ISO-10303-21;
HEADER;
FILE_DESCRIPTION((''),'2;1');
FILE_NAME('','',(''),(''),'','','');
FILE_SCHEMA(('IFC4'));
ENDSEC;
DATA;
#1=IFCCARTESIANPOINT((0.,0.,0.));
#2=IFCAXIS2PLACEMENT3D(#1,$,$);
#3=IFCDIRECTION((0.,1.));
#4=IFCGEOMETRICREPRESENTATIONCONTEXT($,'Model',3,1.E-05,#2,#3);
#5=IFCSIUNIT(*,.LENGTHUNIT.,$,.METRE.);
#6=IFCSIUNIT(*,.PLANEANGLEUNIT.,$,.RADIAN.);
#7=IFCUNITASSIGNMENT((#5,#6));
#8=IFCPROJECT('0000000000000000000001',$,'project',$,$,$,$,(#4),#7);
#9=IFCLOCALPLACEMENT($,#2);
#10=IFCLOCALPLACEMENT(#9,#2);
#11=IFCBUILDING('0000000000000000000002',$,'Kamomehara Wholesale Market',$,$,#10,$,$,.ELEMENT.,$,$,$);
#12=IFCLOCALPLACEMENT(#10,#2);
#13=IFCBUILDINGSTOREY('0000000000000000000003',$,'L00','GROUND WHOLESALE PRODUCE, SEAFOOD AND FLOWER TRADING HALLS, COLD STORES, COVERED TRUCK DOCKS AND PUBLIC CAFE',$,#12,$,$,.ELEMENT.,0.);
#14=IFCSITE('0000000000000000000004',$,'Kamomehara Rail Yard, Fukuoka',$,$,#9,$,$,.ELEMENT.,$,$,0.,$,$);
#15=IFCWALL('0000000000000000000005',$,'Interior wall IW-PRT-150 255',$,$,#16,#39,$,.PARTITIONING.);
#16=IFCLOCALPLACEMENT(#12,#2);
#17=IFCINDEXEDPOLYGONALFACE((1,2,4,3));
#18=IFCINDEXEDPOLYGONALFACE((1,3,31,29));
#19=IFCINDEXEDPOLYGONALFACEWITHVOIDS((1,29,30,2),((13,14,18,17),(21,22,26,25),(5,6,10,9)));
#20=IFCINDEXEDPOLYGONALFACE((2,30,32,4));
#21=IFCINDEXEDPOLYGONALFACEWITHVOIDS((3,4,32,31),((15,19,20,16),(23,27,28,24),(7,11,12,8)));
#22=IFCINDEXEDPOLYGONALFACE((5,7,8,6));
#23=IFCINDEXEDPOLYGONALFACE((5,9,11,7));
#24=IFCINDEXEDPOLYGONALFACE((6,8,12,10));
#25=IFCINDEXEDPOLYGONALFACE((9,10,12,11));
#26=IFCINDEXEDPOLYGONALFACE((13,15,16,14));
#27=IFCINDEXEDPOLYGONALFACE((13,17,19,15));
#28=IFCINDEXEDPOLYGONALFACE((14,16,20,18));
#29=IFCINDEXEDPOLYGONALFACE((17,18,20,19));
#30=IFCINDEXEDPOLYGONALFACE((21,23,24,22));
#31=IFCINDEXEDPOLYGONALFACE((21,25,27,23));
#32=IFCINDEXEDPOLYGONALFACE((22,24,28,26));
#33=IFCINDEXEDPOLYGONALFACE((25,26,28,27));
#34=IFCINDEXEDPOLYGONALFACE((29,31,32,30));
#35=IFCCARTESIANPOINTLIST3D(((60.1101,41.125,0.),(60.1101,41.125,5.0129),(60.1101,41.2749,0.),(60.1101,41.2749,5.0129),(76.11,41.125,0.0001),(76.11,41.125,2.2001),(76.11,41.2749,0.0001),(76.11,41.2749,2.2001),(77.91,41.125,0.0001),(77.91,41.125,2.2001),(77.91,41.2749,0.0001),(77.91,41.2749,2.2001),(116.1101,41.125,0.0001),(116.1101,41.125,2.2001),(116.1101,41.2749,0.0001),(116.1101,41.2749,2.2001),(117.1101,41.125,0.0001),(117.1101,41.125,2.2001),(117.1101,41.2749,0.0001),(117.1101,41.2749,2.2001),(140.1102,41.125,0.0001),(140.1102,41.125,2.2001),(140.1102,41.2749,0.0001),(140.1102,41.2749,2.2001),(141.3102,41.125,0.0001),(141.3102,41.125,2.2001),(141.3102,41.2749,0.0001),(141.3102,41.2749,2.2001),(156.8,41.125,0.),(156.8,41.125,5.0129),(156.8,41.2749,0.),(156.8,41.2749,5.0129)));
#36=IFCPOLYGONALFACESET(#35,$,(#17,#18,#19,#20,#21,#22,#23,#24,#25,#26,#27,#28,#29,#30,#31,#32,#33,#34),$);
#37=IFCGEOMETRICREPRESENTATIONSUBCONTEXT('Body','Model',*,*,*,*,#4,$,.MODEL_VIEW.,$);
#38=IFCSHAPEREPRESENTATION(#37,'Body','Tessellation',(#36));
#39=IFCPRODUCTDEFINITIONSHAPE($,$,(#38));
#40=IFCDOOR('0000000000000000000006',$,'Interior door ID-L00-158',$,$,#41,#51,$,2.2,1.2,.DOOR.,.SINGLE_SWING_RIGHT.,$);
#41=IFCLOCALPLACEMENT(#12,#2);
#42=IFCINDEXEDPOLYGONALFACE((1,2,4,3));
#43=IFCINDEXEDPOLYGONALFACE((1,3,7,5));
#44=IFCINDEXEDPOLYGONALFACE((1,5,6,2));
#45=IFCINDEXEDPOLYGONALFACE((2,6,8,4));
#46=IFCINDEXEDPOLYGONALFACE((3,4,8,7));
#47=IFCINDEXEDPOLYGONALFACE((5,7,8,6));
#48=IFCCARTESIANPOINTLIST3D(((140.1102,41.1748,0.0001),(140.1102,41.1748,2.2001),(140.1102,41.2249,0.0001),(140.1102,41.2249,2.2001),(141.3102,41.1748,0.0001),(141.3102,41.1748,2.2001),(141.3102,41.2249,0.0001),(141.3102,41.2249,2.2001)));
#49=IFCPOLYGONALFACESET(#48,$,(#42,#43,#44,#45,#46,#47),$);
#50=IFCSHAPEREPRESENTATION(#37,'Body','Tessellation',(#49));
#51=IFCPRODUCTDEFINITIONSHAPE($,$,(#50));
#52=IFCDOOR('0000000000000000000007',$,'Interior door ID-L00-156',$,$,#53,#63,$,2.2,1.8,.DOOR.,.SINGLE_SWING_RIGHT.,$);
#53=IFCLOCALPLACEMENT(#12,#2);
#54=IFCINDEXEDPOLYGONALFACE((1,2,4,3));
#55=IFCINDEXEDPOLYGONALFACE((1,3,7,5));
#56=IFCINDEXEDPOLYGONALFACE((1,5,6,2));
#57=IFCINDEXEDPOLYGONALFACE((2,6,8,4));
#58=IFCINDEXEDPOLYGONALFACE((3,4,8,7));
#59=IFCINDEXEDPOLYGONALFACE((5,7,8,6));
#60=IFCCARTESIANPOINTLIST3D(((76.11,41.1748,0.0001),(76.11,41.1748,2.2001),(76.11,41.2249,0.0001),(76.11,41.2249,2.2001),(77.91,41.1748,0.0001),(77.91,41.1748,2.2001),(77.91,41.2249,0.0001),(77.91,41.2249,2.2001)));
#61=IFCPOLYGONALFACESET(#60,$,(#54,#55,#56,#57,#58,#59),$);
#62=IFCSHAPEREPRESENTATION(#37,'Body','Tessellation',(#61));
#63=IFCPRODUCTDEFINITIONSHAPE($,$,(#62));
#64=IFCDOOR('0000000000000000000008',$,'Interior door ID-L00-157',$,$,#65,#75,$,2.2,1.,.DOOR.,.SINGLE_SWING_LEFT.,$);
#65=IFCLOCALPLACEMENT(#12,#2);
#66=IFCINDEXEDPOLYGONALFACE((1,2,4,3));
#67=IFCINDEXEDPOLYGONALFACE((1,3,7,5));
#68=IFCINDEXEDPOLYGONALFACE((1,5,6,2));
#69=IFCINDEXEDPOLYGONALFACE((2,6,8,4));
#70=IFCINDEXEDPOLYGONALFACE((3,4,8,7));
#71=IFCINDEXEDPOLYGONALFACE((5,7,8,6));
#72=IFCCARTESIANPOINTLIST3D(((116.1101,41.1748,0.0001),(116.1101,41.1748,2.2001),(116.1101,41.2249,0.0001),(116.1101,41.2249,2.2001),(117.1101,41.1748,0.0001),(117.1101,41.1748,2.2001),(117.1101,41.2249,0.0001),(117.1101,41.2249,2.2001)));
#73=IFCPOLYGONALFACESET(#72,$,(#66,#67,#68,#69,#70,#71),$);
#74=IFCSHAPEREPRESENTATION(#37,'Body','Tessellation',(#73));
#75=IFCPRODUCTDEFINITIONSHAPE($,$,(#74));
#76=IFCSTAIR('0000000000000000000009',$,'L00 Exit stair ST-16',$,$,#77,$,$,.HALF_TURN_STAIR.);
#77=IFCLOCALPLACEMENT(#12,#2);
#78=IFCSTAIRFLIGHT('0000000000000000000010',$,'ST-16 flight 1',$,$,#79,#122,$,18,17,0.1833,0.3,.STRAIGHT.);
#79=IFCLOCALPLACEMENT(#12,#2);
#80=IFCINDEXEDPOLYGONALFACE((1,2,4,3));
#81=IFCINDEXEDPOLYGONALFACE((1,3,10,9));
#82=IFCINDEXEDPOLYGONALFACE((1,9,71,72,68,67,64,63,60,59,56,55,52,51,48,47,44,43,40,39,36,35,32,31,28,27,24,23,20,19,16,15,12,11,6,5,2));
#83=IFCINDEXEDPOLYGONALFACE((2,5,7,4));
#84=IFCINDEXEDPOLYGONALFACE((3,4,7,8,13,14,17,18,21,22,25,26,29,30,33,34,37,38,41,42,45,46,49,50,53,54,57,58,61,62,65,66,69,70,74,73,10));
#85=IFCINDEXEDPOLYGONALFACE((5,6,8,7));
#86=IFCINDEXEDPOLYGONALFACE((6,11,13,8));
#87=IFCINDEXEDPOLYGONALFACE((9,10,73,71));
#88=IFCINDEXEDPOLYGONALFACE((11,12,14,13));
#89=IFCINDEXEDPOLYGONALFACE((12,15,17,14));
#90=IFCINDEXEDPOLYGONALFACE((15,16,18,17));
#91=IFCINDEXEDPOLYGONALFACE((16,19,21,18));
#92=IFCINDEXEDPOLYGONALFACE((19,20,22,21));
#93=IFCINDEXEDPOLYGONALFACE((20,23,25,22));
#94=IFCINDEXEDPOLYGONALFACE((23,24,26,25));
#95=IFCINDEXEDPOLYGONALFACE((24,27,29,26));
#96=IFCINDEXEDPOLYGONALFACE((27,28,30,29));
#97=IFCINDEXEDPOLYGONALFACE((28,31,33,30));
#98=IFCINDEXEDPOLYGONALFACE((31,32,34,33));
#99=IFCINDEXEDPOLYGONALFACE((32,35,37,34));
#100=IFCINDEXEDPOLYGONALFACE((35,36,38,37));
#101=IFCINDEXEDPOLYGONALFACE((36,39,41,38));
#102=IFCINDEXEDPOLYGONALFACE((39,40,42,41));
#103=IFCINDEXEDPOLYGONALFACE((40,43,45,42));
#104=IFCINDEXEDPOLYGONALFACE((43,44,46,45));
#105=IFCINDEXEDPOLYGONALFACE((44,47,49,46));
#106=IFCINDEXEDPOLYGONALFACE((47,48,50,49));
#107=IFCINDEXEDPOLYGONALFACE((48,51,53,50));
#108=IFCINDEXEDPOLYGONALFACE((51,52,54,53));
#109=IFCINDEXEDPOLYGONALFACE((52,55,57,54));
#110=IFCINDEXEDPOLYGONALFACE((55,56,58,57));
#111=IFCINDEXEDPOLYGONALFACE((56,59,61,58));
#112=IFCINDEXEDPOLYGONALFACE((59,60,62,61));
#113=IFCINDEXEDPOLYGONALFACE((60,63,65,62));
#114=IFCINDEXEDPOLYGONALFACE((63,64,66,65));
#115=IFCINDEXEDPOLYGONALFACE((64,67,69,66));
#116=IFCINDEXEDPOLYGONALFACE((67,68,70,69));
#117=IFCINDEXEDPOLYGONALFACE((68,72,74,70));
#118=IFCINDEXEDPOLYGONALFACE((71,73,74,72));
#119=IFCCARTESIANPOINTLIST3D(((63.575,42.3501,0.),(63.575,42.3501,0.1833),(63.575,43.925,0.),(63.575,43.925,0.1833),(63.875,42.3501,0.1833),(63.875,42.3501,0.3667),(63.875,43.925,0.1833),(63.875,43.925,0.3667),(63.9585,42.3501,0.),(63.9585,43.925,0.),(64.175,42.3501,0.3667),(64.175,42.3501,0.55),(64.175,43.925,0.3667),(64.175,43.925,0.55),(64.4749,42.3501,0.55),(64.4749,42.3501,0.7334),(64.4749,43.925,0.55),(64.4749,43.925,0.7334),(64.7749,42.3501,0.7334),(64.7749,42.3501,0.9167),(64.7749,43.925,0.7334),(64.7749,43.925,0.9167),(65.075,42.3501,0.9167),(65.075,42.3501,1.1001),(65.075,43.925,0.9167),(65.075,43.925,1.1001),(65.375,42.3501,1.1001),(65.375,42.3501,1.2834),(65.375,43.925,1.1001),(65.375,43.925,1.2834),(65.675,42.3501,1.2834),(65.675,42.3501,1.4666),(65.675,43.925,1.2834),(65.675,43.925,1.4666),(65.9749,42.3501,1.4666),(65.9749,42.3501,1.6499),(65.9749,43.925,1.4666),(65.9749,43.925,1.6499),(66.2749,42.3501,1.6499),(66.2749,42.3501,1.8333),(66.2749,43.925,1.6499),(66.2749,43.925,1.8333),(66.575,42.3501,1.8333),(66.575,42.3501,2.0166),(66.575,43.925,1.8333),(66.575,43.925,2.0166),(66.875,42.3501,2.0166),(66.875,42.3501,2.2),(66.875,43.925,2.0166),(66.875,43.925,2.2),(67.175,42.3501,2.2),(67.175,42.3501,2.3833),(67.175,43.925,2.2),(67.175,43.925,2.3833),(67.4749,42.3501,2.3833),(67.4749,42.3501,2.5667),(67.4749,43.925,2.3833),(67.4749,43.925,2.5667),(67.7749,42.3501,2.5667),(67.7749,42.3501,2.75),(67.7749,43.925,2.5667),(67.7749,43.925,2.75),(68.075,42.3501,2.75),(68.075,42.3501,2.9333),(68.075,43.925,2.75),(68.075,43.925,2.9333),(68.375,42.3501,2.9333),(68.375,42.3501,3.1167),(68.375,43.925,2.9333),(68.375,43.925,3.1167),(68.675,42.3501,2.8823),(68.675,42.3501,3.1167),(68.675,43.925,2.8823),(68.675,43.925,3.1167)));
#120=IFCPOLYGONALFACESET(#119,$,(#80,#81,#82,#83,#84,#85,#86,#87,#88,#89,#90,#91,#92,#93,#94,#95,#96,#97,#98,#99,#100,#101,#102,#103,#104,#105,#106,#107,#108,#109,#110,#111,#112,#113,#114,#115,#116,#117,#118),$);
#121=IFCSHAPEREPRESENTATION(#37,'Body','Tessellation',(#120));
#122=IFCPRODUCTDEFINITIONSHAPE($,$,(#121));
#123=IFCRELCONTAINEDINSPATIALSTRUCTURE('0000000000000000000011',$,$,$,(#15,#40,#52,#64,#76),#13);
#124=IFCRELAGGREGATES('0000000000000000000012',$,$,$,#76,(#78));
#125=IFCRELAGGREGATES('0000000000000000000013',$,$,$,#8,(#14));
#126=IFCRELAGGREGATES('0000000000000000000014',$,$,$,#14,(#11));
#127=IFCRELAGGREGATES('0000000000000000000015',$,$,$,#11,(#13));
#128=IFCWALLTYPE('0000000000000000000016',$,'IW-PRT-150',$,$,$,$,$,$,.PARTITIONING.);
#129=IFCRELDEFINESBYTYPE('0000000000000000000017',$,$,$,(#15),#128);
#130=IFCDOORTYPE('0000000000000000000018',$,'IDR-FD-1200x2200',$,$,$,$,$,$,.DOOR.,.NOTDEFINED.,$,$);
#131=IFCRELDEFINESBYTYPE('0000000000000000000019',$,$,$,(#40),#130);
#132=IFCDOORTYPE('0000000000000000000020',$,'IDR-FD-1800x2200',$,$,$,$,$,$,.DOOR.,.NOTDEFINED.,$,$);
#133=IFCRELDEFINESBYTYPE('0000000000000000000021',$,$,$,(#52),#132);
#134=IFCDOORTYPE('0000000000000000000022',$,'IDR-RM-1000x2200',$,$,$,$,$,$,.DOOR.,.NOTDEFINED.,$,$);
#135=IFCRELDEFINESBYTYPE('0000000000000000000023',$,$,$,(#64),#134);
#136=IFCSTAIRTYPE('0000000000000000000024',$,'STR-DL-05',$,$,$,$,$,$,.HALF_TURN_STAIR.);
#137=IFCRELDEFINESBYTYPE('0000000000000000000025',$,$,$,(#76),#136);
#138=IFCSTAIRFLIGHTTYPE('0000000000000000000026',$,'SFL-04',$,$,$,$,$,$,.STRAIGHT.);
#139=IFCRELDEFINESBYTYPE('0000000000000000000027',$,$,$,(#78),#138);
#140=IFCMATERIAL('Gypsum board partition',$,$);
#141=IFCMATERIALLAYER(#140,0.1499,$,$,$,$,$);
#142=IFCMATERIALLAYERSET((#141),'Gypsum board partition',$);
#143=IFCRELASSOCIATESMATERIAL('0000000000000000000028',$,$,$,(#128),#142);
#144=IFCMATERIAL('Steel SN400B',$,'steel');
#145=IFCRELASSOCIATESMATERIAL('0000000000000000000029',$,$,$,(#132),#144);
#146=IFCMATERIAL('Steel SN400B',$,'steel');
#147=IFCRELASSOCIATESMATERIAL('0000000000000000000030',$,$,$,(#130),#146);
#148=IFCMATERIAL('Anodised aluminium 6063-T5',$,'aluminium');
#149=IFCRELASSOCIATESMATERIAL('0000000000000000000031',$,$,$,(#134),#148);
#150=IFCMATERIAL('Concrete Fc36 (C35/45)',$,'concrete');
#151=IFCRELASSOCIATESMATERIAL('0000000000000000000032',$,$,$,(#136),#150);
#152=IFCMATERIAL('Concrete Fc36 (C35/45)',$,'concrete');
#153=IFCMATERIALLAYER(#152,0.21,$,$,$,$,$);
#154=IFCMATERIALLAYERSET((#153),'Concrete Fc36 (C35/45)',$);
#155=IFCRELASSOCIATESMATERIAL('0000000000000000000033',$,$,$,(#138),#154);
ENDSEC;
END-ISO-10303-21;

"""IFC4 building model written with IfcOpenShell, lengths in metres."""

from ifc_helpers import new_model, si_unit, direction, frame, frame_2d, origin, place, context, subcontext, project, spatial, polyline, rectangle, outline, extrude, material, layer, layer_set, type_object, element, fill, aggregate, save


model = new_model("IFC4")

# Units and contexts
model_context = context("Model", 3, precision=1e-05, world=origin(), true_north=direction((0.0, 1.0)))
body_context = subcontext(model_context, "Body", "Model", "MODEL_VIEW")
ifc_project = project(units=[si_unit("LENGTHUNIT", "METRE"), si_unit("PLANEANGLEUNIT", "RADIAN")], contexts=[model_context])

# Site, building, storey
site_placement = place(None, origin())
site = spatial("IfcSite", under=ifc_project, at=site_placement, Name="Kamomehara Rail Yard, Fukuoka", CompositionType="ELEMENT", RefElevation=0.0)
building_placement = place(site_placement, origin())
building = spatial("IfcBuilding", under=site, at=building_placement, Name="Kamomehara Wholesale Market", CompositionType="ELEMENT")
storey_placement = place(building_placement, origin())
storey = spatial("IfcBuildingStorey", under=building, at=storey_placement, Name="L00", Description="GROUND WHOLESALE PRODUCE, SEAFOOD AND FLOWER TRADING HALLS, COLD STORES, COVERED TRUCK DOCKS AND PUBLIC CAFE", CompositionType="ELEMENT", Elevation=0.0)

# Shared definitions
ifc_material_1 = material(Name="Gypsum board partition")
ifc_layer_1 = layer(ifc_material_1, 0.1499)
ifc_layer_set_1 = layer_set([ifc_layer_1], Name="Gypsum board partition")
wall_type = type_object("IfcWallType", Name="IW-PRT-150", PredefinedType="PARTITIONING", material=ifc_layer_set_1)
ifc_material_2 = material(Name="Steel SN400B", Category="steel")
door_type_1 = type_object("IfcDoorType", Name="IDR-FD-1800x2200", OperationType="NOTDEFINED", PredefinedType="DOOR", material=ifc_material_2)

# Wall, openings, doors
wall_1_placement = place(storey_placement, frame((60.1101, 41.2, 0.0), z_axis=(0.0, 0.0, 1.0), x_axis=(1.0, 0.0, 0.0)))
wall_1 = element("IfcWall", 1, at=wall_1_placement, inside=storey, type_object=wall_type, Name="Interior wall IW-PRT-150 255", PredefinedType="PARTITIONING", context=body_context, shape_type="SweptSolid", body=[
    extrude(rectangle(XDim=96.6899, YDim=0.1499, at=frame_2d((48.345, 0.0))), origin(), (0.0, 0.0, 1.0), 5.0129),
])
opening_1_placement = place(wall_1_placement, frame((16.0, 0.0, 0.0)))
opening_1 = element("IfcOpeningElement", 2, at=opening_1_placement, cuts=wall_1, PredefinedType="OPENING", context=body_context, shape_type="SweptSolid", body=[
    extrude(rectangle(XDim=1.8, YDim=2.2, at=frame_2d((0.8999, 1.1001))), frame((0.0, 0.0898, 0.0), z_axis=(0.0, -1.0, 0.0), x_axis=(1.0, 0.0, 0.0)), (0.0, 0.0, 1.0), 0.1797),
])
opening_2_placement = place(wall_1_placement, frame((56.0, 0.0, 0.0)))
opening_2 = element("IfcOpeningElement", 3, at=opening_2_placement, cuts=wall_1, PredefinedType="OPENING", context=body_context, shape_type="SweptSolid", body=[
    extrude(rectangle(XDim=1.0, YDim=2.2, at=frame_2d((0.5, 1.1001))), frame((0.0, 0.0898, 0.0), z_axis=(0.0, -1.0, 0.0), x_axis=(1.0, 0.0, 0.0)), (0.0, 0.0, 1.0), 0.1797),
])
opening_3_placement = place(wall_1_placement, frame((80.0, 0.0, 0.0)))
opening_3 = element("IfcOpeningElement", 4, at=opening_3_placement, cuts=wall_1, PredefinedType="OPENING", context=body_context, shape_type="SweptSolid", body=[
    extrude(rectangle(XDim=1.2, YDim=2.2, at=frame_2d((0.6001, 1.1001))), frame((0.0, 0.0898, 0.0), z_axis=(0.0, -1.0, 0.0), x_axis=(1.0, 0.0, 0.0)), (0.0, 0.0, 1.0), 0.1797),
])
ifc_material_3 = material(Name="Steel SN400B", Category="steel")
door_type_2 = type_object("IfcDoorType", Name="IDR-FD-1200x2200", OperationType="NOTDEFINED", PredefinedType="DOOR", material=ifc_material_3)
door_1_placement = place(opening_3_placement, origin())
door_1 = element("IfcDoor", 5, at=door_1_placement, inside=storey, type_object=door_type_2, Name="Interior door ID-L00-158", OperationType="SINGLE_SWING_RIGHT", OverallHeight=2.2, OverallWidth=1.2, PredefinedType="DOOR", context=body_context, shape_type="SweptSolid", body=[
    extrude(rectangle(XDim=1.2, YDim=2.2, at=frame_2d((0.6001, 1.1001))), frame((0.0, 0.0249, 0.0), z_axis=(0.0, -1.0, 0.0), x_axis=(1.0, 0.0, 0.0)), (0.0, 0.0, 1.0), 0.05),
])
fill(opening_3, door_1)
door_2_placement = place(opening_1_placement, origin())
door_2 = element("IfcDoor", 6, at=door_2_placement, inside=storey, type_object=door_type_1, Name="Interior door ID-L00-156", OperationType="SINGLE_SWING_RIGHT", OverallHeight=2.2, OverallWidth=1.8, PredefinedType="DOOR", context=body_context, shape_type="SweptSolid", body=[
    extrude(rectangle(XDim=1.8, YDim=2.2, at=frame_2d((0.8999, 1.1001))), frame((0.0, 0.0249, 0.0), z_axis=(0.0, -1.0, 0.0), x_axis=(1.0, 0.0, 0.0)), (0.0, 0.0, 1.0), 0.05),
])
fill(opening_1, door_2)
ifc_material_4 = material(Name="Anodised aluminium 6063-T5", Category="aluminium")
door_type_3 = type_object("IfcDoorType", Name="IDR-RM-1000x2200", OperationType="NOTDEFINED", PredefinedType="DOOR", material=ifc_material_4)
door_3_placement = place(opening_2_placement, origin())
door_3 = element("IfcDoor", 7, at=door_3_placement, inside=storey, type_object=door_type_3, Name="Interior door ID-L00-157", OperationType="SINGLE_SWING_LEFT", OverallHeight=2.2, OverallWidth=1.0, PredefinedType="DOOR", context=body_context, shape_type="SweptSolid", body=[
    extrude(rectangle(XDim=1.0, YDim=2.2, at=frame_2d((0.5, 1.1001))), frame((0.0, 0.0249, 0.0), z_axis=(0.0, -1.0, 0.0), x_axis=(1.0, 0.0, 0.0)), (0.0, 0.0, 1.0), 0.05),
])
fill(opening_2, door_3)

# Stair, stair flight
ifc_material_5 = material(Name="Concrete Fc36 (C35/45)", Category="concrete")
stair_type = type_object("IfcStairType", Name="STR-DL-05", PredefinedType="HALF_TURN_STAIR", material=ifc_material_5)
stair_placement = place(storey_placement, origin())
stair = element("IfcStair", 8, at=stair_placement, inside=storey, type_object=stair_type, Name="L00 Exit stair ST-16", PredefinedType="HALF_TURN_STAIR")
ifc_material_6 = material(Name="Concrete Fc36 (C35/45)", Category="concrete")
ifc_layer_2 = layer(ifc_material_6, 0.21)
ifc_layer_set_2 = layer_set([ifc_layer_2], Name="Concrete Fc36 (C35/45)")
stair_flight_type = type_object("IfcStairFlightType", Name="SFL-04", PredefinedType="STRAIGHT", material=ifc_layer_set_2)
stair_flight_placement = place(storey_placement, frame((63.575, 43.1375, 0.0), z_axis=(0.0, 0.0, 1.0), x_axis=(1.0, 0.0, 0.0)))
stair_flight = element("IfcStairFlight", 9, at=stair_flight_placement, type_object=stair_flight_type, Name="ST-16 flight 1", NumberOfRisers=18, NumberOfTreads=17, PredefinedType="STRAIGHT", RiserHeight=0.1833, TreadLength=0.3, context=body_context, shape_type="SweptSolid", body=[
    extrude(outline(polyline([(0.0, 0.0), (0.0, 0.1833), (0.3, 0.1833), (0.3, 0.3667), (0.6001, 0.3667), (0.6001, 0.55), (0.8999, 0.55), (0.8999, 0.7334), (1.2, 0.7334), (1.2, 0.9167), (1.5, 0.9167), (1.5, 1.1001), (1.8, 1.1001), (1.8, 1.2834), (2.1001, 1.2834), (2.1001, 1.4666), (2.3999, 1.4666), (2.3999, 1.6499), (2.7, 1.6499), (2.7, 1.8333), (3.0, 1.8333), (3.0, 2.0166), (3.3, 2.0166), (3.3, 2.2), (3.6001, 2.2), (3.6001, 2.3833), (3.8999, 2.3833), (3.8999, 2.5667), (4.2, 2.5667), (4.2, 2.75), (4.5, 2.75), (4.5, 2.9333), (4.8, 2.9333), (4.8, 3.1167), (5.1001, 3.1167), (5.1001, 3.3), (5.1001, 2.8823), (0.3835, 0.0), (0.0, 0.0)])), frame((0.0, 0.7876, 0.0), z_axis=(0.0, -1.0, 0.0), x_axis=(1.0, 0.0, 0.0)), (0.0, 0.0, 1.0), 1.575),
])
aggregate(stair, [stair_flight])

save(model, "model.ifc")
